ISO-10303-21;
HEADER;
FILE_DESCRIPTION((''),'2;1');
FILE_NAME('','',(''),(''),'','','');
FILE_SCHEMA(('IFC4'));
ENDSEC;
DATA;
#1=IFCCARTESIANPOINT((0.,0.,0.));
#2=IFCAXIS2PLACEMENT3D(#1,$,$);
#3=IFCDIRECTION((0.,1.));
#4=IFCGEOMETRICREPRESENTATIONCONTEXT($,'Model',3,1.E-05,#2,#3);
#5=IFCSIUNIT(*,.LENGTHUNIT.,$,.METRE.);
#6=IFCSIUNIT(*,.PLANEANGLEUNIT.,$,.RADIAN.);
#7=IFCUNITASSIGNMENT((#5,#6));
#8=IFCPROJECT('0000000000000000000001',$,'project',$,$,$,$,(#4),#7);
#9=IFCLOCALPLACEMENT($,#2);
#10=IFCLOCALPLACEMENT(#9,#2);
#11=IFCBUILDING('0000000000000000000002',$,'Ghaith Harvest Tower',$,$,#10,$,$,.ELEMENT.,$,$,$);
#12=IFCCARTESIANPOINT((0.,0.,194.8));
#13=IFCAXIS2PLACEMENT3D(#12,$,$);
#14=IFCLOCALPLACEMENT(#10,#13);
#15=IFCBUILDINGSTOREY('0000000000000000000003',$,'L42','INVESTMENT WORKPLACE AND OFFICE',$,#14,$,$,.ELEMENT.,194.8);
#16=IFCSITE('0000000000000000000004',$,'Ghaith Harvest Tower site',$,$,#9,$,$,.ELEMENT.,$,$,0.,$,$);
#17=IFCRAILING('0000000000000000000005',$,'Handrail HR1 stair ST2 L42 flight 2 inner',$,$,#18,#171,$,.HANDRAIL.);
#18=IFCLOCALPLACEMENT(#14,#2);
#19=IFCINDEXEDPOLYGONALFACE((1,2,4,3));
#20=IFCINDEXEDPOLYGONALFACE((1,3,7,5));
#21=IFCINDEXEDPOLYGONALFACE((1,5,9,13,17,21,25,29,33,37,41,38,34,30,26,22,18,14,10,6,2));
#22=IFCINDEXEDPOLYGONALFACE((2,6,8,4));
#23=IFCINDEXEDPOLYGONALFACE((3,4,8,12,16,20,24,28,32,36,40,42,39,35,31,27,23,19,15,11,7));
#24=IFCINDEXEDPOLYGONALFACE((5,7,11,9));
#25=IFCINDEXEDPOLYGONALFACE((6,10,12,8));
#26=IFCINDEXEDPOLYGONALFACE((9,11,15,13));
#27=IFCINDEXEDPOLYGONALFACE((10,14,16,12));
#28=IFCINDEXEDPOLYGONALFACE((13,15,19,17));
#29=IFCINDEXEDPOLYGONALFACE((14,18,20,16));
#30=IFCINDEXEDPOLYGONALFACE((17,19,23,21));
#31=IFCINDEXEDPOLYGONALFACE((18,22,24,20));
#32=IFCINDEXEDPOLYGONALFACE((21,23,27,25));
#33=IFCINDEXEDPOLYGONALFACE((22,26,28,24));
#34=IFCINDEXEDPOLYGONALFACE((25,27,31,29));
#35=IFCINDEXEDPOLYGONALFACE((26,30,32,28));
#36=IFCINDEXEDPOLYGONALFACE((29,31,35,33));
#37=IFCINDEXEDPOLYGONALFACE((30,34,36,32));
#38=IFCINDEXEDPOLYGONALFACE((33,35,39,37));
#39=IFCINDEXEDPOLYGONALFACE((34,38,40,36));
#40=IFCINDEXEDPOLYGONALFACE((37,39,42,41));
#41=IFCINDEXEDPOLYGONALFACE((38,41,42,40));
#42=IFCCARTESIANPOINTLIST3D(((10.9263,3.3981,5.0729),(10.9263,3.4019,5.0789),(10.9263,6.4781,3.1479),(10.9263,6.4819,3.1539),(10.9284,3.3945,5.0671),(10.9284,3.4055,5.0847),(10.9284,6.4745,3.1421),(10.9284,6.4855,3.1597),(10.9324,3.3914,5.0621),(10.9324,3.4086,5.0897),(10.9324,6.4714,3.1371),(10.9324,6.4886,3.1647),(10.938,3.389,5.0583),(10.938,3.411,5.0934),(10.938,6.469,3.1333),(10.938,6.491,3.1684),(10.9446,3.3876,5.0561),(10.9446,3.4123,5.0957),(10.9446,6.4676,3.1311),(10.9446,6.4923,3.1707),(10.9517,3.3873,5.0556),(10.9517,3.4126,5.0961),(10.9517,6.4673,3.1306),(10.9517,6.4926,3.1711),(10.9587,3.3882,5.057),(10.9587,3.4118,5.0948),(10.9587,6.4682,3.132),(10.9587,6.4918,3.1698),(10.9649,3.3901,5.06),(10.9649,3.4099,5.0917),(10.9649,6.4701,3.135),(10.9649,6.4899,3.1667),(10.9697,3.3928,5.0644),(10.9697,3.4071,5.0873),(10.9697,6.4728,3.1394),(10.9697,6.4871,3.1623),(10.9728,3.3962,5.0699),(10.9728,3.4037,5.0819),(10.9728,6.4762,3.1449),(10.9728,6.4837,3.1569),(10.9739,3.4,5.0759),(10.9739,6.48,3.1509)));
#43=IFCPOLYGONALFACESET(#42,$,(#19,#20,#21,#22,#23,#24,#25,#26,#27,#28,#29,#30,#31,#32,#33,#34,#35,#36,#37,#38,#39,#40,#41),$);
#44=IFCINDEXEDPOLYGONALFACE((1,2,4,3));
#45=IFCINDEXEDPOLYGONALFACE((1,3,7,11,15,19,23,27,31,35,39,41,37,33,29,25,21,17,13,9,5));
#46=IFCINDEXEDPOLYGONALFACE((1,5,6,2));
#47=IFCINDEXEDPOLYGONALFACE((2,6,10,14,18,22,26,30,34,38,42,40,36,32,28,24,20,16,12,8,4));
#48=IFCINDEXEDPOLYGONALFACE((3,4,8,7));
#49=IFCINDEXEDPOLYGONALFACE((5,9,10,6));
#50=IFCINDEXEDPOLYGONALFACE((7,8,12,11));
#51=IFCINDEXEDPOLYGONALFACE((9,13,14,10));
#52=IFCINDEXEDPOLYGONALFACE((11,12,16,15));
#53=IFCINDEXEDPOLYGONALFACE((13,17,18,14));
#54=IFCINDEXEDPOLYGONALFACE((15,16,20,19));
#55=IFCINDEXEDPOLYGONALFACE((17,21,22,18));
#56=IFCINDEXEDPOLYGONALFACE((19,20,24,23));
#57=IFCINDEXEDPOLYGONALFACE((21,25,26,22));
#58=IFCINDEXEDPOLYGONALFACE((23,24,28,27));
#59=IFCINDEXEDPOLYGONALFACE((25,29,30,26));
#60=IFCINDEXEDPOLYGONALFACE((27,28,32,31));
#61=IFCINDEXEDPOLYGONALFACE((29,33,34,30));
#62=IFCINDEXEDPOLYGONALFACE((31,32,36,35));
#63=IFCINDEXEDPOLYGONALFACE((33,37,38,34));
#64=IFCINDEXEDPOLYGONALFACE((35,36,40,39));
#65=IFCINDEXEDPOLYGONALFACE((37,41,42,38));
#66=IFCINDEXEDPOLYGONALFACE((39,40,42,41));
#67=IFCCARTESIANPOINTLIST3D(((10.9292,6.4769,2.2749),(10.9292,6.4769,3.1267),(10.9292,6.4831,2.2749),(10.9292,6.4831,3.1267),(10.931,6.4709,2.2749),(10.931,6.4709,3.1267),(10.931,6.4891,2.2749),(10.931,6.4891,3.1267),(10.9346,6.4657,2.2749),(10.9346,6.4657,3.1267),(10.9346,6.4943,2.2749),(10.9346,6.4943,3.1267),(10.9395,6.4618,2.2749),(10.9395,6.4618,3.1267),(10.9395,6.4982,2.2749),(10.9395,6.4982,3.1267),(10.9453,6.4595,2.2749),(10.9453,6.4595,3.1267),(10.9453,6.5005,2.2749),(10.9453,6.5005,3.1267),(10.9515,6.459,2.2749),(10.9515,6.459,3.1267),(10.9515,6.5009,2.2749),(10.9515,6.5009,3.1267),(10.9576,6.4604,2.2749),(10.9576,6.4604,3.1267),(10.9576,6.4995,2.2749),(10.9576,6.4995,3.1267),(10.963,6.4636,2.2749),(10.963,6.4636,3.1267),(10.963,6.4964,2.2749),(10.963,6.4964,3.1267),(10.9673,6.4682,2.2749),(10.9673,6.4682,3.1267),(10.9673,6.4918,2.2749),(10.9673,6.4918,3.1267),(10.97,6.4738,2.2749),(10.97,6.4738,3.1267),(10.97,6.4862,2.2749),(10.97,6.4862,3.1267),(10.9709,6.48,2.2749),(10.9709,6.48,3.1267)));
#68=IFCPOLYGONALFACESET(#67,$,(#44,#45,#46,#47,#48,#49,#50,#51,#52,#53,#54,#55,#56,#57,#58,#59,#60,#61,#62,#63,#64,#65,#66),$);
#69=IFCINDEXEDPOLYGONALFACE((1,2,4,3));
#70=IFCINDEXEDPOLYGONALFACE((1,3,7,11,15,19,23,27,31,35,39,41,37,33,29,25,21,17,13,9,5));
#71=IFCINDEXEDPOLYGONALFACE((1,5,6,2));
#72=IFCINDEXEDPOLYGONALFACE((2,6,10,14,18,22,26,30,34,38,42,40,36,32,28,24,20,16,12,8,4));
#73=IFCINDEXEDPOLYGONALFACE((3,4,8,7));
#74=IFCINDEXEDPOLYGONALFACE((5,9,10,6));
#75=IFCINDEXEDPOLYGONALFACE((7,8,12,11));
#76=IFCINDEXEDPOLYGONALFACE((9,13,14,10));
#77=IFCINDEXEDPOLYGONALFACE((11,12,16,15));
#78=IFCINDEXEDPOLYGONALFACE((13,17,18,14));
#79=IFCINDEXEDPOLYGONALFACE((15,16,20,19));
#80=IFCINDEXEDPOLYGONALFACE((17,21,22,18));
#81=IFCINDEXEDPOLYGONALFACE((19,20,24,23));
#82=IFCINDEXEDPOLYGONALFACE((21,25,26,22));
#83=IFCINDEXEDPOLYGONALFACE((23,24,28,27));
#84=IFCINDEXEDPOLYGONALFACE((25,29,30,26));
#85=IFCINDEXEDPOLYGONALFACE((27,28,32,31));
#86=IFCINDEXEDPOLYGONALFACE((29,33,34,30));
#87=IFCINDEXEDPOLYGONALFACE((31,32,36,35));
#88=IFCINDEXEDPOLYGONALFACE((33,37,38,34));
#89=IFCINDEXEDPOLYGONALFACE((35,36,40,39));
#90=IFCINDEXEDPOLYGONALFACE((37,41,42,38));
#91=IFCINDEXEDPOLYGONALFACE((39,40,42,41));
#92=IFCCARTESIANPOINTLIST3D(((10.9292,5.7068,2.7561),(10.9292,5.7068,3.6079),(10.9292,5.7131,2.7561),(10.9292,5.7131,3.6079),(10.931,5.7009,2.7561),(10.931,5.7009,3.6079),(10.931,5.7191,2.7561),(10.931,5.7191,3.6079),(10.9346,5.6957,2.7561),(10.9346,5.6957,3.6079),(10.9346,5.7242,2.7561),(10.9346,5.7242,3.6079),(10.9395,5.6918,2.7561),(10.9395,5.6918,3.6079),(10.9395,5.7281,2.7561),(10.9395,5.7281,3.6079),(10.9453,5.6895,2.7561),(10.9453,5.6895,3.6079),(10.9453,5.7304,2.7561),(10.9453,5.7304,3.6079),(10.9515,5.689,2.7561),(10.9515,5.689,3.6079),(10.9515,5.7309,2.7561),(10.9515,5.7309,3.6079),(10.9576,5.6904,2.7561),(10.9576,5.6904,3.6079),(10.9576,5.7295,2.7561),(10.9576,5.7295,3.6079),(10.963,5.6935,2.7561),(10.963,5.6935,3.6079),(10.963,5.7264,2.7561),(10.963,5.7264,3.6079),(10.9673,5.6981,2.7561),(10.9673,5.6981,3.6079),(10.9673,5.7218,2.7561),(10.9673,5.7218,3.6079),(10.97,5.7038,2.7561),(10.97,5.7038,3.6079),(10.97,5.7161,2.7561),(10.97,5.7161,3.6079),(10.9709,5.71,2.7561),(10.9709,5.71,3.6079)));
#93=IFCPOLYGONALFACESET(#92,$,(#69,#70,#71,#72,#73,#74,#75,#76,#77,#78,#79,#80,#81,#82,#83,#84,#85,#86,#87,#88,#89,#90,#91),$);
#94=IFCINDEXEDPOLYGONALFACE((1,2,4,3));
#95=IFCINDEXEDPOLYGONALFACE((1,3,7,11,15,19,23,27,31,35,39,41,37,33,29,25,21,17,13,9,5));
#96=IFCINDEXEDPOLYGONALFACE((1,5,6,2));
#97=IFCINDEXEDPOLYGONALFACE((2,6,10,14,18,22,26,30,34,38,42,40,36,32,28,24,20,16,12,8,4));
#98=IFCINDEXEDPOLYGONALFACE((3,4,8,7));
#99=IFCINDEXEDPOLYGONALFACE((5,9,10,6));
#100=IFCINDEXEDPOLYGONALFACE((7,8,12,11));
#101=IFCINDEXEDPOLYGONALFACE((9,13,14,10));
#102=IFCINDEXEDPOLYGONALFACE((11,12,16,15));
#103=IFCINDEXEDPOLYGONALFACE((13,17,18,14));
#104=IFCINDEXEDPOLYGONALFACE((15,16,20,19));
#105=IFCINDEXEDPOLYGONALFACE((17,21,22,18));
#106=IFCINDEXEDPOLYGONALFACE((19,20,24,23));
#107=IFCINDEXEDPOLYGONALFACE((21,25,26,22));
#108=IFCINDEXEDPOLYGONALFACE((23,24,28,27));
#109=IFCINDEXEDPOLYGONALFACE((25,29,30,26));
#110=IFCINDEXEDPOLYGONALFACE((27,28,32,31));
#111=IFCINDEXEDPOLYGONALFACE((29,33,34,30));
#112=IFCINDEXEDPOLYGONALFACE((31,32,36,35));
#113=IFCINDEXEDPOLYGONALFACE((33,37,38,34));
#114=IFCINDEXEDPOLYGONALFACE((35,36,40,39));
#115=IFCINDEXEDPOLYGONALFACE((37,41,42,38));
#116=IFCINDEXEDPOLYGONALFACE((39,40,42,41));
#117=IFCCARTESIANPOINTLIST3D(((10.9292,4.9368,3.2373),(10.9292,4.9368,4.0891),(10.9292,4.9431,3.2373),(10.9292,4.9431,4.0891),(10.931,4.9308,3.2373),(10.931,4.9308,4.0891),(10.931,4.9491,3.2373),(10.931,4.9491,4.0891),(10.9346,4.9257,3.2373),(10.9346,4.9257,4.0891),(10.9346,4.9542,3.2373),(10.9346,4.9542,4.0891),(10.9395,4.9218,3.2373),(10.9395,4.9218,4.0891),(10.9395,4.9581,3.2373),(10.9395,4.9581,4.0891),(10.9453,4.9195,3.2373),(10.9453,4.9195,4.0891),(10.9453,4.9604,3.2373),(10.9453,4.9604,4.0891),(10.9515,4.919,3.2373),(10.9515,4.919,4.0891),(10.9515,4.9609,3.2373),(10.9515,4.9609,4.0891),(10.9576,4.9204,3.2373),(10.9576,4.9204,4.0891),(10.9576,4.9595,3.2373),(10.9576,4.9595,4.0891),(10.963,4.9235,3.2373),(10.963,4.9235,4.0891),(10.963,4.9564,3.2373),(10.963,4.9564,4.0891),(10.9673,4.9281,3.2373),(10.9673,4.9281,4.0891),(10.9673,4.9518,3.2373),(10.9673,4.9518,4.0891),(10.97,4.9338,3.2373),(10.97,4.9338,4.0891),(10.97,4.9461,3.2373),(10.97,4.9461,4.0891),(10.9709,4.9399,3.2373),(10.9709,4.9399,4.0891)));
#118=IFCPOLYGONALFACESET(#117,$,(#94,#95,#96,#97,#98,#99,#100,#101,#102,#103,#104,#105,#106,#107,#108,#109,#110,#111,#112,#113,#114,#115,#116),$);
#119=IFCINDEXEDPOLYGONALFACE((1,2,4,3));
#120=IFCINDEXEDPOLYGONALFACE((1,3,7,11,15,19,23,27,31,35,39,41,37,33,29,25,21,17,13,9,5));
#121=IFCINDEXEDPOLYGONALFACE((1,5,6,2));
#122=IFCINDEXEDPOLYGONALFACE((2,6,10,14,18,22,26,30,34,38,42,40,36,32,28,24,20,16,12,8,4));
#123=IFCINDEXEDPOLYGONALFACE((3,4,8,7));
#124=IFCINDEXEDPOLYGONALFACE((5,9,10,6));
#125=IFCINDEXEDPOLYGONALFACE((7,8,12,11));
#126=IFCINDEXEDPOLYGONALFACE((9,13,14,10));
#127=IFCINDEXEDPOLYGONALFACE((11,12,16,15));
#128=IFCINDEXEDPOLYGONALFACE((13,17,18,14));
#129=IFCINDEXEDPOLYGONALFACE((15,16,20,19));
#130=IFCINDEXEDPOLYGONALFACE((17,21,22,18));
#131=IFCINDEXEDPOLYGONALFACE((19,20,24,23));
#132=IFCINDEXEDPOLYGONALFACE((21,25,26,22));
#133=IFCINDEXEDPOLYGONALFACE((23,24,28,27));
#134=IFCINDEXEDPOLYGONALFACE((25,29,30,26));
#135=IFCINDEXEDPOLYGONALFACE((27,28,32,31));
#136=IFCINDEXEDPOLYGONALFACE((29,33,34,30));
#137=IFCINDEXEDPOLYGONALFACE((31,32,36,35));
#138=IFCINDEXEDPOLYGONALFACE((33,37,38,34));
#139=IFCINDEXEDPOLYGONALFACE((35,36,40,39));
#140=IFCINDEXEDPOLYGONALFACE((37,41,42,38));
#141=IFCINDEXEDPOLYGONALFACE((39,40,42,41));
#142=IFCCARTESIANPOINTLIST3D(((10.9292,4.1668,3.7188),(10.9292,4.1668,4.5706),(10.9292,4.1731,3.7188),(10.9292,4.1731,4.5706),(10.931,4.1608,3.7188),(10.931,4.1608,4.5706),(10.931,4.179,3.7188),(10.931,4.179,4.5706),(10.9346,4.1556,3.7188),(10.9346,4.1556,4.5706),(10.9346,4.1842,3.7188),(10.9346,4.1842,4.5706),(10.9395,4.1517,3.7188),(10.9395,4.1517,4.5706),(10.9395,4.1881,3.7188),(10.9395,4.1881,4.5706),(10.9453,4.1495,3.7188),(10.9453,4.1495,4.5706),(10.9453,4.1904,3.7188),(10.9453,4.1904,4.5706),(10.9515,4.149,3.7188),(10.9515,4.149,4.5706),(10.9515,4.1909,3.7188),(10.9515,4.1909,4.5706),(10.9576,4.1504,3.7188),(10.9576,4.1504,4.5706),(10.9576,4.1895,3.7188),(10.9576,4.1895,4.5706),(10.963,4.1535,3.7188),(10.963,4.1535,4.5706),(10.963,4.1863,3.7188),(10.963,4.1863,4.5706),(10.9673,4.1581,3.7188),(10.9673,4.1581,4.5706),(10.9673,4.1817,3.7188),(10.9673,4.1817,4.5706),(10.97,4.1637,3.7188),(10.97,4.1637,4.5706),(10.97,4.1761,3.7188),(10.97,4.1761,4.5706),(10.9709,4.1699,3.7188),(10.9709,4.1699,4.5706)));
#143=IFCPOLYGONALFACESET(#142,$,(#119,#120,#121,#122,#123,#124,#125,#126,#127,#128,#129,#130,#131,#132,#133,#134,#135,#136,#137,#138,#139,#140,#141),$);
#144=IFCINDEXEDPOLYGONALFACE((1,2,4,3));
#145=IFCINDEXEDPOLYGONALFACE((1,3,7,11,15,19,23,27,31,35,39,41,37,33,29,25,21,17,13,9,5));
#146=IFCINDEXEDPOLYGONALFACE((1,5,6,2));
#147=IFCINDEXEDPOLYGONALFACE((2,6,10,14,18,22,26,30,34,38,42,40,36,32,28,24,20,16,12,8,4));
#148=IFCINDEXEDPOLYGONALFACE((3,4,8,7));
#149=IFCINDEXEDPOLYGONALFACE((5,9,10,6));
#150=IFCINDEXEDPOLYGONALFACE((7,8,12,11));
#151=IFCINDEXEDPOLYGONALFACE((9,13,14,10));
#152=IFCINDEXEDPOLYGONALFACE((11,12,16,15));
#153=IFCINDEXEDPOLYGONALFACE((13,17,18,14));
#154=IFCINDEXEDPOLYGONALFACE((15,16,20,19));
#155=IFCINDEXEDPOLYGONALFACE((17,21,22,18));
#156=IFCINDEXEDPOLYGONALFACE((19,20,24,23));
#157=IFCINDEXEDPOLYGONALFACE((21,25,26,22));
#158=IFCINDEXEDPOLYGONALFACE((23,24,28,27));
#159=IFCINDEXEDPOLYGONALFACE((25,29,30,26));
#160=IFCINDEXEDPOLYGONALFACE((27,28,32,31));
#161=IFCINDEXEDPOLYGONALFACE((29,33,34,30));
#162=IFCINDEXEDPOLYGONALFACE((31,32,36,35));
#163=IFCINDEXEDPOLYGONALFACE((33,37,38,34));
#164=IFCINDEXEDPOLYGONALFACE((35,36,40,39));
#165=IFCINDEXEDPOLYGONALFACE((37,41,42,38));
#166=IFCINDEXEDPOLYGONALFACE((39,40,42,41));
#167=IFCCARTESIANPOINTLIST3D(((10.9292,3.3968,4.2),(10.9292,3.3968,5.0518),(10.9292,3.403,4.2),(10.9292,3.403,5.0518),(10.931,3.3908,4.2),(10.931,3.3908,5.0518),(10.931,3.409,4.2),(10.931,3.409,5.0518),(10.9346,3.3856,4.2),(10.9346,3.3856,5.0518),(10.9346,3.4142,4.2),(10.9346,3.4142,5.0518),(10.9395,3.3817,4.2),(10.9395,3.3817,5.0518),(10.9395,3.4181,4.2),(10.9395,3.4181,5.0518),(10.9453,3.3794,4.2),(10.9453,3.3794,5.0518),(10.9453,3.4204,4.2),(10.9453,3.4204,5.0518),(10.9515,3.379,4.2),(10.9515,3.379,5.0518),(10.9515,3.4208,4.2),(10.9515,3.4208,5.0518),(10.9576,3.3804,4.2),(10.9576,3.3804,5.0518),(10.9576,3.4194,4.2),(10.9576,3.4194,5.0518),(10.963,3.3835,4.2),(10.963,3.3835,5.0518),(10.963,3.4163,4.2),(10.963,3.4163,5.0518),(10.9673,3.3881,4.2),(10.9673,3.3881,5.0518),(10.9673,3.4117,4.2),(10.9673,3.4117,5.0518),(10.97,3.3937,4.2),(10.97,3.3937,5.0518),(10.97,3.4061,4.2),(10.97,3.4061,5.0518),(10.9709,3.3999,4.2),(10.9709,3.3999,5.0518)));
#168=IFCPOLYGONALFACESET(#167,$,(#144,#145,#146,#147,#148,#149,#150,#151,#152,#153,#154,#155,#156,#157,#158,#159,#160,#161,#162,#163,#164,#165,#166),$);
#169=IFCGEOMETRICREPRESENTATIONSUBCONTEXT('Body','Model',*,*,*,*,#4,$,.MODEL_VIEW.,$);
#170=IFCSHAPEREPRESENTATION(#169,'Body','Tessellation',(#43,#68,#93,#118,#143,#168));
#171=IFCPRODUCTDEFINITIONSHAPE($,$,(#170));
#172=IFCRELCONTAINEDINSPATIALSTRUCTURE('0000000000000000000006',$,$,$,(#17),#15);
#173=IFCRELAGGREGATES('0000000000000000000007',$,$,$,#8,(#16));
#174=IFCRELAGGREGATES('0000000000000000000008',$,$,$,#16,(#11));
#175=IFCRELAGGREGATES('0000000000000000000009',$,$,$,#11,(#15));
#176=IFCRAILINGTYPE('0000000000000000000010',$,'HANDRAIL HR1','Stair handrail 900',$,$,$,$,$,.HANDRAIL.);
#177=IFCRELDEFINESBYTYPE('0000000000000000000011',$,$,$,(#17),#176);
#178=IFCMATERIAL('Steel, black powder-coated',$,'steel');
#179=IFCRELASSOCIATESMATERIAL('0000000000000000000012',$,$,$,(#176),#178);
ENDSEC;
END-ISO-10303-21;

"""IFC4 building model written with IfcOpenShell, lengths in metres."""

from ifc_helpers import new_model, si_unit, direction, frame, origin, origin_2d, place, context, subcontext, project, spatial, circle, extrude, material, type_object, element, save


model = new_model("IFC4")

# Units and contexts
model_context = context("Model", 3, precision=1e-05, world=origin(), true_north=direction((0.0, 1.0)))
body_context = subcontext(model_context, "Body", "Model", "MODEL_VIEW")
ifc_project = project(units=[si_unit("LENGTHUNIT", "METRE"), si_unit("PLANEANGLEUNIT", "RADIAN")], contexts=[model_context])

# Site, building, storey
site_placement = place(None, origin())
site = spatial("IfcSite", under=ifc_project, at=site_placement, Name="Ghaith Harvest Tower site", CompositionType="ELEMENT", RefElevation=0.0)
building_placement = place(site_placement, origin())
building = spatial("IfcBuilding", under=site, at=building_placement, Name="Ghaith Harvest Tower", CompositionType="ELEMENT")
storey_placement = place(building_placement, frame((0.0, 0.0, 194.8)))
storey = spatial("IfcBuildingStorey", under=building, at=storey_placement, Name="L42", Description="INVESTMENT WORKPLACE AND OFFICE", CompositionType="ELEMENT", Elevation=194.8)

# Railing
ifc_material_1 = material(Name="Steel, black powder-coated", Category="steel")
railing_type = type_object("IfcRailingType", Name="HANDRAIL HR1", Description="Stair handrail 900", PredefinedType="HANDRAIL", material=ifc_material_1)
railing_1_placement = place(storey_placement, frame((10.95, 6.48, 2.2749)))
element("IfcRailing", 1, at=railing_1_placement, inside=storey, type_object=railing_type, Name="Handrail HR1 stair ST2 L42 flight 2 inner", PredefinedType="HANDRAIL", context=body_context, shape_type="SweptSolid", body=[
    extrude(circle(Radius=0.0239, at=origin_2d()), frame((0.0, 0.0, 0.876), z_axis=(0.0, -0.847998, 0.529999), x_axis=(1.0, 0.0, 0.0)), (0.0, 0.0, 1.0), 3.6321),
    extrude(circle(Radius=0.021, at=origin_2d()), origin(), (0.0, 0.0, 1.0), 0.8518),
    extrude(circle(Radius=0.021, at=origin_2d()), frame((0.0, -0.77, 0.4812)), (0.0, 0.0, 1.0), 0.8518),
    extrude(circle(Radius=0.021, at=origin_2d()), frame((0.0, -1.54, 0.9624)), (0.0, 0.0, 1.0), 0.8518),
    extrude(circle(Radius=0.021, at=origin_2d()), frame((0.0, -2.3101, 1.4438)), (0.0, 0.0, 1.0), 0.8518),
    extrude(circle(Radius=0.021, at=origin_2d()), frame((0.0, -3.0801, 1.925)), (0.0, 0.0, 1.0), 0.8518),
])

save(model, "model.ifc")
